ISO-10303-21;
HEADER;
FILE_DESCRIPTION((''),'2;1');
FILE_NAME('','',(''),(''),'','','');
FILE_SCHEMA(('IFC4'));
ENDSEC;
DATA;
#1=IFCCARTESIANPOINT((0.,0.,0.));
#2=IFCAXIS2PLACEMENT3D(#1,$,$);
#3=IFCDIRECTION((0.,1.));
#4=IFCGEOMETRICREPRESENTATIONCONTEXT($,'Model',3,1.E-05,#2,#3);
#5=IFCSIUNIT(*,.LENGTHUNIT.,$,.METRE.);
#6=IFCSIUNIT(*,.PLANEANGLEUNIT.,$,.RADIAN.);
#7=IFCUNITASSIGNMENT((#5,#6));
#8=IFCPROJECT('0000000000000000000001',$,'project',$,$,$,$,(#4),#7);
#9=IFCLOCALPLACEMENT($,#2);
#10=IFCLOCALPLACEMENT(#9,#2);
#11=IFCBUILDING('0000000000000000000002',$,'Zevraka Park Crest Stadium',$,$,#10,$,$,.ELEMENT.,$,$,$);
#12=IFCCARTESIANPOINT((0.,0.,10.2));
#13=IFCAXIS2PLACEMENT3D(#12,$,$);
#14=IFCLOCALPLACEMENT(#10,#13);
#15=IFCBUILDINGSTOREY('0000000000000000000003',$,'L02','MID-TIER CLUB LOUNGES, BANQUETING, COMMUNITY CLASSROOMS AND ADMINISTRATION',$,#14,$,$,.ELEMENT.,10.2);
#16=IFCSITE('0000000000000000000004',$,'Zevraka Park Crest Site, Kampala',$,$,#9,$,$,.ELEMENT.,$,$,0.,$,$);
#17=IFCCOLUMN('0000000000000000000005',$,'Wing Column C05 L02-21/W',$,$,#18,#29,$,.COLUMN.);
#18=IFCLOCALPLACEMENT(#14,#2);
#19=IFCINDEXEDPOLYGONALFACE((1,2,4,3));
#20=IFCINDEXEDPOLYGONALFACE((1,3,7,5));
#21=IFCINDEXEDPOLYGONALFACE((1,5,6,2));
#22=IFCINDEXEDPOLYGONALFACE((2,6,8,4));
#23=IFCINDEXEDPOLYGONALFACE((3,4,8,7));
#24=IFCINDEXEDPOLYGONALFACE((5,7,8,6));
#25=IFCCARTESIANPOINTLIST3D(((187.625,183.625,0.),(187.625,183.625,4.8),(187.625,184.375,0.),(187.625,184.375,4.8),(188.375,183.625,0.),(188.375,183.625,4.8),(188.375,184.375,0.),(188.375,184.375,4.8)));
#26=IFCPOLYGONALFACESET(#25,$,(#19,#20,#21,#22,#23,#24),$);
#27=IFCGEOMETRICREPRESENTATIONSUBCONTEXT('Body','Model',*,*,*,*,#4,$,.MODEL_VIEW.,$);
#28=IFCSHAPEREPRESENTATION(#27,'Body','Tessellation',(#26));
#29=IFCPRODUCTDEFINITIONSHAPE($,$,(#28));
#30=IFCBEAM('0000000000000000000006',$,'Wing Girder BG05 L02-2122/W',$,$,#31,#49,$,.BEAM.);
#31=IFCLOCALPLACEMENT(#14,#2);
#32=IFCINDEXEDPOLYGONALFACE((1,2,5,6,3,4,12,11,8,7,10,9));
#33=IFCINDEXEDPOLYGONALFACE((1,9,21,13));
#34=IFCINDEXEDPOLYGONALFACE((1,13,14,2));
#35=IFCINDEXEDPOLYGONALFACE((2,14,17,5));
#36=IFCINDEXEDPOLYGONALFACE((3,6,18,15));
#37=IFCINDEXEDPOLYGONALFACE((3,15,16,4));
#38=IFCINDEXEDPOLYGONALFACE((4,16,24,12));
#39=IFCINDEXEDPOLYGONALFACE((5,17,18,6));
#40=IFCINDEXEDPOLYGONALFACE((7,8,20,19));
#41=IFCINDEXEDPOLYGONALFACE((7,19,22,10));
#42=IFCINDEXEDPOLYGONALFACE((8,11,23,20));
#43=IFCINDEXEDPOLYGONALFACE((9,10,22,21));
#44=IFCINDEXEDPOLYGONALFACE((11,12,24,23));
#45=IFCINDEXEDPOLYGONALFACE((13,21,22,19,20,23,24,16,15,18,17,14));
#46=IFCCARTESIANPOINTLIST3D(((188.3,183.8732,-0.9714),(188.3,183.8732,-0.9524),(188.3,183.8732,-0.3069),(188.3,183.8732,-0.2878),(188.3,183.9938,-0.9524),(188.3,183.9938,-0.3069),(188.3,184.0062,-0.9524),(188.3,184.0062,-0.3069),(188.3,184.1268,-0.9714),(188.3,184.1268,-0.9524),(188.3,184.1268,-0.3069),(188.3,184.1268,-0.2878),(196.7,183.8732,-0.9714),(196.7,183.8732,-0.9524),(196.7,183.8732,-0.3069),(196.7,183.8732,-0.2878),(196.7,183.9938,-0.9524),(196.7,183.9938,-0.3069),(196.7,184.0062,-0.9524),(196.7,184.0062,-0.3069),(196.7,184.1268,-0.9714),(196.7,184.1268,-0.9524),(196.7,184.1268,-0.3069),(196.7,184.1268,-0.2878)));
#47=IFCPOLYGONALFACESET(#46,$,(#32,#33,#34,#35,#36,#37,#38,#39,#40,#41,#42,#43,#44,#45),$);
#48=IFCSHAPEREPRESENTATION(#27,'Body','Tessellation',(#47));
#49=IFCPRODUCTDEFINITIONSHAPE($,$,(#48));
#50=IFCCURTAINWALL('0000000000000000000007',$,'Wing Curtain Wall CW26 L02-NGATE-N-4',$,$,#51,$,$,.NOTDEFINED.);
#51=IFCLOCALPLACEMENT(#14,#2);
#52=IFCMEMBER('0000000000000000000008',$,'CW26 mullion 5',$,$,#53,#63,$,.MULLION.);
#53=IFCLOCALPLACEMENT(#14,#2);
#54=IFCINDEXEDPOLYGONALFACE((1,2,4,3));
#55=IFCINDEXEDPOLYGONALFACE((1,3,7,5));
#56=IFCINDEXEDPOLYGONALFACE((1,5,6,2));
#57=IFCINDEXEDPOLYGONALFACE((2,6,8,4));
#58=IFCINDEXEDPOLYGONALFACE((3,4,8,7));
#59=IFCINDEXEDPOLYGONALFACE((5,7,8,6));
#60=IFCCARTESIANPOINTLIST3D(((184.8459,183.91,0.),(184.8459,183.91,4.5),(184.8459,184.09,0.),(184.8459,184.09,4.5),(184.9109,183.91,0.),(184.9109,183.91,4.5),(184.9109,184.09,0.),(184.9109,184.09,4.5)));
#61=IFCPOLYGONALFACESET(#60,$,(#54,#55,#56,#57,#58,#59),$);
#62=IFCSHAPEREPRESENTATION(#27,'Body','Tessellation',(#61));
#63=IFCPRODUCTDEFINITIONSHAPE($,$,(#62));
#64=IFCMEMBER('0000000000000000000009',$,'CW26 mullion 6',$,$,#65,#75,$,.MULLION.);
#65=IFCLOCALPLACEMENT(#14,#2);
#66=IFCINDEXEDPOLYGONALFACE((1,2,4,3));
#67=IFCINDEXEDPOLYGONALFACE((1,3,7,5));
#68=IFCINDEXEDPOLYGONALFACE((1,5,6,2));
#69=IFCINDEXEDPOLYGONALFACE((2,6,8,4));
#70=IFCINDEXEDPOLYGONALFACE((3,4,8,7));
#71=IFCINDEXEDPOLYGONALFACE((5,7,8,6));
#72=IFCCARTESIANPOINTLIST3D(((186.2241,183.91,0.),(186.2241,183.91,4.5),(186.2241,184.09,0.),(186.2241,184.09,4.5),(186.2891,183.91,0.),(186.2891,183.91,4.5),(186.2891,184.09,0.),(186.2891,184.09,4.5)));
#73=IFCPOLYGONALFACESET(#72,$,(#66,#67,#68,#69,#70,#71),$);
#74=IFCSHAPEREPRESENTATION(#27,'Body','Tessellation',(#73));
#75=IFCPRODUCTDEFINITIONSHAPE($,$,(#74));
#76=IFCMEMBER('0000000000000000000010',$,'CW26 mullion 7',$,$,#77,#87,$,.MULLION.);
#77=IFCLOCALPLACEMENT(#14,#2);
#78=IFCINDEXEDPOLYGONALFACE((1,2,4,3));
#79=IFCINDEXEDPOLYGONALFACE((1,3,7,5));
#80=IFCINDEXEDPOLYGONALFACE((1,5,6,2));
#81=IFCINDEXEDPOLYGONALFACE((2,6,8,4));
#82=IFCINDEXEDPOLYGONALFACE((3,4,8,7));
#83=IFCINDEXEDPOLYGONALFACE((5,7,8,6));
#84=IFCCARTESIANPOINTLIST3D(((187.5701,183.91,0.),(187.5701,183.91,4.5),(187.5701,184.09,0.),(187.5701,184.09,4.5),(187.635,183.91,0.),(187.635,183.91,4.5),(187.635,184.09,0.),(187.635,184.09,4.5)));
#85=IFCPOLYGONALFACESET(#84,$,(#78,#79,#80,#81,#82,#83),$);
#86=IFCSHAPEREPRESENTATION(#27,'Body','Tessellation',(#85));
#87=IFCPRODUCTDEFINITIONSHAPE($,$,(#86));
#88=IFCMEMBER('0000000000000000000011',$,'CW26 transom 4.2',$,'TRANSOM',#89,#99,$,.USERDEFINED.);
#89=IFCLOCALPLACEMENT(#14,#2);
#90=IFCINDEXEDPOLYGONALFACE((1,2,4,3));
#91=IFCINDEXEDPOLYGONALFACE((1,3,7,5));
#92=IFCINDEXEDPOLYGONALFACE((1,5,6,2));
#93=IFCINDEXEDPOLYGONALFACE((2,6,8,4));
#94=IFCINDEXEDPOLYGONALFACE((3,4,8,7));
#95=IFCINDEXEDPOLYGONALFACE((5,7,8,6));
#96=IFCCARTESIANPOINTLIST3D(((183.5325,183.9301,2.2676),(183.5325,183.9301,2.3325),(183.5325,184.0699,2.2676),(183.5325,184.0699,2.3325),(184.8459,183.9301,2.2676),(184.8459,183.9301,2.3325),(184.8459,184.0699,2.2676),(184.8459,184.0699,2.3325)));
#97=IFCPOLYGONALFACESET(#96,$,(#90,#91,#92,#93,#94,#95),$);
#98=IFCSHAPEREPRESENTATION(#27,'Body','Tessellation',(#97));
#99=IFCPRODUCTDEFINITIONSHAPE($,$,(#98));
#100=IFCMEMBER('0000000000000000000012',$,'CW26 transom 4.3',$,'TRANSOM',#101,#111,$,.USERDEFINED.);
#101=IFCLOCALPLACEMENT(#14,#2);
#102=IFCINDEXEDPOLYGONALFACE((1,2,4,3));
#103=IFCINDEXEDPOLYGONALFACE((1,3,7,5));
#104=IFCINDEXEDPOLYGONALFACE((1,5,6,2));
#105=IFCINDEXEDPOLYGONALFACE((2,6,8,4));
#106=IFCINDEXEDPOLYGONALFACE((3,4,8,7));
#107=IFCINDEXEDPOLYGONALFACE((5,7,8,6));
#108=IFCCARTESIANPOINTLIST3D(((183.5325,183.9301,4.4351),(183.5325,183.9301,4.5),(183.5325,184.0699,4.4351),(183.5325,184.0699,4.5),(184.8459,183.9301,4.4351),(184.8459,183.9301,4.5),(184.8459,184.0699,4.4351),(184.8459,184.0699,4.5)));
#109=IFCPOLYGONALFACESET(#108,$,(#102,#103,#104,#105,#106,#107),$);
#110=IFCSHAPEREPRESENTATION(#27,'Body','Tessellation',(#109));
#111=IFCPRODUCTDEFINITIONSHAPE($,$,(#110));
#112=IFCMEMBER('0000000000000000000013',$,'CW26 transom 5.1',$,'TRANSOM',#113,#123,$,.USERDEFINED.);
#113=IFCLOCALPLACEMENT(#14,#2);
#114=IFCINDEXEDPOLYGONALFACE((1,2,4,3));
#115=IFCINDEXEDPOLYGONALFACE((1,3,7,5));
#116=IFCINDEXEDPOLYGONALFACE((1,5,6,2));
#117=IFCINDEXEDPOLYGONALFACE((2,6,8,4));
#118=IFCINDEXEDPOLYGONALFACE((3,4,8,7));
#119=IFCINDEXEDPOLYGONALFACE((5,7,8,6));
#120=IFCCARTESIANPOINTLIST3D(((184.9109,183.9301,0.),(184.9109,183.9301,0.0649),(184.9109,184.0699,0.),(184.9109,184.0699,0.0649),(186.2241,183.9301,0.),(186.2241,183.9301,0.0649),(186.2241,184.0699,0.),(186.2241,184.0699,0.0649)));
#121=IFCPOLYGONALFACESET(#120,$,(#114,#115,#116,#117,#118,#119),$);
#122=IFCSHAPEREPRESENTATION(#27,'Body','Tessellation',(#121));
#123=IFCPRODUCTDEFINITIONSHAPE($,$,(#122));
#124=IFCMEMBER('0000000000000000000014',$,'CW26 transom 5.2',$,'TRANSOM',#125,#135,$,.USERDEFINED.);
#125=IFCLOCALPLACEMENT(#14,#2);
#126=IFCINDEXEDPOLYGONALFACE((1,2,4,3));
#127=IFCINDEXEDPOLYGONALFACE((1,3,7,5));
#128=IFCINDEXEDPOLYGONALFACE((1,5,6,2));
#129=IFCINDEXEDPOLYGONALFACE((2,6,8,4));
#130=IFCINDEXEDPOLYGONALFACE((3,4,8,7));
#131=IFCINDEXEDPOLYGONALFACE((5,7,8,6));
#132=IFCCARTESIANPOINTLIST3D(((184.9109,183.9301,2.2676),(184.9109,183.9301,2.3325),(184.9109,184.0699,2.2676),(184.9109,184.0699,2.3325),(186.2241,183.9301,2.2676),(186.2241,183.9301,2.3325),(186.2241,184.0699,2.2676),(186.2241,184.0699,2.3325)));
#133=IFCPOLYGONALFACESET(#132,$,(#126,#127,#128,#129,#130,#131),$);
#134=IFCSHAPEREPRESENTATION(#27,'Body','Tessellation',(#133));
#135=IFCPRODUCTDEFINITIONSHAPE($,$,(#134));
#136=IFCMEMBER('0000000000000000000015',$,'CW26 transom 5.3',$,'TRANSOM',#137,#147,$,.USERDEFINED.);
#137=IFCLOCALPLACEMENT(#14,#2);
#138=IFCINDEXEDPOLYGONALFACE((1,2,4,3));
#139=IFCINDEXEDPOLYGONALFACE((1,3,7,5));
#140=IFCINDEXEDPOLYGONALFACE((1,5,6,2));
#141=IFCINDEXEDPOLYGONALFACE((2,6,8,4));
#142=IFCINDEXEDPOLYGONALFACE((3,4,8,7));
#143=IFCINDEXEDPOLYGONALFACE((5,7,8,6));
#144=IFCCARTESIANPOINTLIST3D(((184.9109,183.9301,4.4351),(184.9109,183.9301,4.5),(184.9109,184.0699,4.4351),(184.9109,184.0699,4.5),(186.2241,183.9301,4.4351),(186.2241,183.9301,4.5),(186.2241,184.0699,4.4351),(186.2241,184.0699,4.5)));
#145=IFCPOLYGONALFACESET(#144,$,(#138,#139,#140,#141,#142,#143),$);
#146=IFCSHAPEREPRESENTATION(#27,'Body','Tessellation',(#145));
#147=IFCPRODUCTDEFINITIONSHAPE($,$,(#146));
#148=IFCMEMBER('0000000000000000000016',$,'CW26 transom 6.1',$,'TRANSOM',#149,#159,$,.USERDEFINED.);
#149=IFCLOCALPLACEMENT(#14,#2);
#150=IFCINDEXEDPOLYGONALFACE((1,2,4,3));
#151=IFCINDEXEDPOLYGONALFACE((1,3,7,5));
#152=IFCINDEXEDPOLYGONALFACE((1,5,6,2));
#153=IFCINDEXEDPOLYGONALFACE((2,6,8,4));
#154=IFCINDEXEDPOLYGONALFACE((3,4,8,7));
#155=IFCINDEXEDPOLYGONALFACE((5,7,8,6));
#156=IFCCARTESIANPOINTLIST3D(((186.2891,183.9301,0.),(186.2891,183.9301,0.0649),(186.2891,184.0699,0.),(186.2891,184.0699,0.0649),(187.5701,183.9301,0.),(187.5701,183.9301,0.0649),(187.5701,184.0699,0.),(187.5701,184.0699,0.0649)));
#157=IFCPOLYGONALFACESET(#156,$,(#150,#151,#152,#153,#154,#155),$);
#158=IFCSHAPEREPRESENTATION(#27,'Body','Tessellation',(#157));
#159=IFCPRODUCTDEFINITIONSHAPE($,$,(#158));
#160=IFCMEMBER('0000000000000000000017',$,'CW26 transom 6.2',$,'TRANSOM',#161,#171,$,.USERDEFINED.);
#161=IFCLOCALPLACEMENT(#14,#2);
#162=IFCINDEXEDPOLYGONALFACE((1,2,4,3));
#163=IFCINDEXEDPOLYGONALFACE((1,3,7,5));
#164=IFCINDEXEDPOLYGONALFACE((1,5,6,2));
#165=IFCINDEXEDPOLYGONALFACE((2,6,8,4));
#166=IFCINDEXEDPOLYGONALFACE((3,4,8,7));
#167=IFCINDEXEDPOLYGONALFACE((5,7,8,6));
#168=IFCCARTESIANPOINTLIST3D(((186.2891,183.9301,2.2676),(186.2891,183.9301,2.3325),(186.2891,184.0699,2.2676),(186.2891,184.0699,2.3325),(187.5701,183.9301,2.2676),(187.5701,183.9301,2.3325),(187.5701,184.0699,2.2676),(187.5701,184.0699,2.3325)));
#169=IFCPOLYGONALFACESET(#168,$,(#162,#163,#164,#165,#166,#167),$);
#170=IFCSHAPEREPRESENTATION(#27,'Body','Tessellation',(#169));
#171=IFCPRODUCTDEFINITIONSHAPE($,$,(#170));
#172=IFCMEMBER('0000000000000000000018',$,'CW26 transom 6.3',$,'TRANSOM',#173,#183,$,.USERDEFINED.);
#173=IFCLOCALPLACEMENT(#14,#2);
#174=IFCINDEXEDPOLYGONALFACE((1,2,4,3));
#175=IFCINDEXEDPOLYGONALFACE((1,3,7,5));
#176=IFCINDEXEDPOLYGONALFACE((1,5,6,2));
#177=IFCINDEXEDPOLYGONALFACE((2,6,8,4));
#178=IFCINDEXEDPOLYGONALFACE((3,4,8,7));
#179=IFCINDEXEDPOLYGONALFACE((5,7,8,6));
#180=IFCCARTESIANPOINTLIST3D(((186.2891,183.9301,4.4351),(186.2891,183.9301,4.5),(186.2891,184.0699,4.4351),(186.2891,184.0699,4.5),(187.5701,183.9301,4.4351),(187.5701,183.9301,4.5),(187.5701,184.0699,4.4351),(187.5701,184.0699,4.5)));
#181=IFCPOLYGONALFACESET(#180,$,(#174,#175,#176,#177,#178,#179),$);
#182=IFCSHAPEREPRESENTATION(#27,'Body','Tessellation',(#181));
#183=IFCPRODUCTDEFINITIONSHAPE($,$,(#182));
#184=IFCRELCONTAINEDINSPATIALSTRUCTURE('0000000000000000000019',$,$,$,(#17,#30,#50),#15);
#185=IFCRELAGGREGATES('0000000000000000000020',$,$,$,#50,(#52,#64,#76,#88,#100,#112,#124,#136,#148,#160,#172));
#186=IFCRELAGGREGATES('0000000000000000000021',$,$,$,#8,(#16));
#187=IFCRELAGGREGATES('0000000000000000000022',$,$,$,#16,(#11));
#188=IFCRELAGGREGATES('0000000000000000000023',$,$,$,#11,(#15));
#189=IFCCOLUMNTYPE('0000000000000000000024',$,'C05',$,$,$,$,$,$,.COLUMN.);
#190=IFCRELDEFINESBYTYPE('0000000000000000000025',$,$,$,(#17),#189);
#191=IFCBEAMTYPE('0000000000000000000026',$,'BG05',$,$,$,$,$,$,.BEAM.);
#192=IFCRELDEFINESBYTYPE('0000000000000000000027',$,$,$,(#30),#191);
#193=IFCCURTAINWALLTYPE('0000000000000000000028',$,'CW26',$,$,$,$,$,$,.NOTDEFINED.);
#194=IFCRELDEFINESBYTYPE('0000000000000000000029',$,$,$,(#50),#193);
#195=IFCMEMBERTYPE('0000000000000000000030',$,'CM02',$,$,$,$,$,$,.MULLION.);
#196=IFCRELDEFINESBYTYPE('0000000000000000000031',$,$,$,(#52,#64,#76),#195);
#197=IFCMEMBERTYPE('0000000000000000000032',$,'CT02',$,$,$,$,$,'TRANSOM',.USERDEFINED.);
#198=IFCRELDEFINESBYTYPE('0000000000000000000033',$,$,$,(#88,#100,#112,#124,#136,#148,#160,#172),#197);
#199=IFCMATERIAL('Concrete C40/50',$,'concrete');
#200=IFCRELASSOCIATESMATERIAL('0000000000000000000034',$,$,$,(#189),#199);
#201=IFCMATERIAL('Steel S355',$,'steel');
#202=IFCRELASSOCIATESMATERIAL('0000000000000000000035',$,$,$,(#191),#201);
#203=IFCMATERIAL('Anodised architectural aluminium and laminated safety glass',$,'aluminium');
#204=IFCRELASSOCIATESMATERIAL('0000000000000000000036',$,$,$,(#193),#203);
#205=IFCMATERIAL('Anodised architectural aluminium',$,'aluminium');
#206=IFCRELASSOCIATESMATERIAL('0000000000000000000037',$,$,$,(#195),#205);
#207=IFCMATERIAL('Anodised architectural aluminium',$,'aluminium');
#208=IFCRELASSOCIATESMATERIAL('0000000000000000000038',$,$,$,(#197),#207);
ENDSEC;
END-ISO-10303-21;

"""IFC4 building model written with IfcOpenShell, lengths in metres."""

from ifc_helpers import new_model, si_unit, direction, frame, origin, origin_2d, place, context, subcontext, project, spatial, rectangle, i_section, extrude, material, material_profile, profile_set, type_object, element, aggregate, save


model = new_model("IFC4")

# Units and contexts
model_context = context("Model", 3, precision=1e-05, world=origin(), true_north=direction((0.0, 1.0)))
body_context = subcontext(model_context, "Body", "Model", "MODEL_VIEW")
ifc_project = project(units=[si_unit("LENGTHUNIT", "METRE"), si_unit("PLANEANGLEUNIT", "RADIAN")], contexts=[model_context])

# Site, building, storey
site_placement = place(None, origin())
site = spatial("IfcSite", under=ifc_project, at=site_placement, Name="Zevraka Park Crest Site, Kampala", CompositionType="ELEMENT", RefElevation=0.0)
building_placement = place(site_placement, origin())
building = spatial("IfcBuilding", under=site, at=building_placement, Name="Zevraka Park Crest Stadium", CompositionType="ELEMENT")
storey_placement = place(building_placement, frame((0.0, 0.0, 10.2)))
storey = spatial("IfcBuildingStorey", under=building, at=storey_placement, Name="L02", Description="MID-TIER CLUB LOUNGES, BANQUETING, COMMUNITY CLASSROOMS AND ADMINISTRATION", CompositionType="ELEMENT", Elevation=10.2)

# Column
ifc_material_1 = material(Name="Concrete C40/50", Category="concrete")
ifc_material_profile_1 = material_profile(ifc_material_1, rectangle(XDim=0.75, YDim=0.75, at=origin_2d()), Name="RC 750x750")
ifc_profile_set_1 = profile_set([ifc_material_profile_1], Name="Concrete C40/50")
column_type = type_object("IfcColumnType", Name="C05", PredefinedType="COLUMN", material=ifc_profile_set_1)
column_placement = place(storey_placement, frame((188.0, 184.0, 0.0), z_axis=(0.0, 0.0, 1.0), x_axis=(1.0, 0.0, 0.0)))
element("IfcColumn", 1, at=column_placement, inside=storey, type_object=column_type, Name="Wing Column C05 L02-21/W", PredefinedType="COLUMN", context=body_context, shape_type="SweptSolid", body=[
    extrude(rectangle(XDim=0.75, YDim=0.75, at=origin_2d()), origin(), (0.0, 0.0, 1.0), 4.8),
])

# Beam
ifc_material_2 = material(Name="Steel S355", Category="steel")
ifc_material_profile_2 = material_profile(ifc_material_2, i_section(OverallWidth=0.2537, OverallDepth=0.6836, WebThickness=0.0125, FlangeThickness=0.019, at=origin_2d()), Name="UKB 686x254x140")
ifc_profile_set_2 = profile_set([ifc_material_profile_2], Name="Steel S355")
beam_type = type_object("IfcBeamType", Name="BG05", PredefinedType="BEAM", material=ifc_profile_set_2)
beam_placement = place(storey_placement, frame((188.3, 184.0, -0.6296), z_axis=(1.0, 0.0, 0.0), x_axis=(0.0, 1.0, 0.0)))
element("IfcBeam", 2, at=beam_placement, inside=storey, type_object=beam_type, Name="Wing Girder BG05 L02-2122/W", PredefinedType="BEAM", context=body_context, shape_type="SweptSolid", body=[
    extrude(i_section(OverallWidth=0.2537, OverallDepth=0.6836, WebThickness=0.0125, FlangeThickness=0.019, at=origin_2d()), origin(), (0.0, 0.0, 1.0), 8.3999),
])

# Curtain wall, members
ifc_material_3 = material(Name="Anodised architectural aluminium and laminated safety glass", Category="aluminium")
curtain_wall_type = type_object("IfcCurtainWallType", Name="CW26", PredefinedType="NOTDEFINED", material=ifc_material_3)
curtain_wall_placement = place(storey_placement, origin())
curtain_wall = element("IfcCurtainWall", 3, at=curtain_wall_placement, inside=storey, type_object=curtain_wall_type, Name="Wing Curtain Wall CW26 L02-NGATE-N-4", PredefinedType="NOTDEFINED")
ifc_material_4 = material(Name="Anodised architectural aluminium", Category="aluminium")
ifc_material_profile_3 = material_profile(ifc_material_4, rectangle(XDim=0.1799, YDim=0.0649, at=origin_2d()), Name="ALU MULLION 180x65")
ifc_profile_set_3 = profile_set([ifc_material_profile_3], Name="Anodised architectural aluminium")
member_type_1 = type_object("IfcMemberType", Name="CM02", PredefinedType="MULLION", material=ifc_profile_set_3)
member_1_placement = place(storey_placement, frame((184.8784, 184.0, 0.0), z_axis=(0.0, 0.0, 1.0), x_axis=(0.0, 1.0, 0.0)))
member_1 = element("IfcMember", 4, at=member_1_placement, type_object=member_type_1, Name="CW26 mullion 5", PredefinedType="MULLION", context=body_context, shape_type="SweptSolid", body=[
    extrude(rectangle(XDim=0.1799, YDim=0.0649, at=origin_2d()), origin(), (0.0, 0.0, 1.0), 4.5),
])
member_2_placement = place(storey_placement, frame((186.2566, 184.0, 0.0), z_axis=(0.0, 0.0, 1.0), x_axis=(0.0, 1.0, 0.0)))
member_2 = element("IfcMember", 5, at=member_2_placement, type_object=member_type_1, Name="CW26 mullion 6", PredefinedType="MULLION", context=body_context, shape_type="SweptSolid", body=[
    extrude(rectangle(XDim=0.1799, YDim=0.0649, at=origin_2d()), origin(), (0.0, 0.0, 1.0), 4.5),
])
member_3_placement = place(storey_placement, frame((187.6025, 184.0, 0.0), z_axis=(0.0, 0.0, 1.0), x_axis=(0.0, 1.0, 0.0)))
member_3 = element("IfcMember", 6, at=member_3_placement, type_object=member_type_1, Name="CW26 mullion 7", PredefinedType="MULLION", context=body_context, shape_type="SweptSolid", body=[
    extrude(rectangle(XDim=0.1799, YDim=0.0649, at=origin_2d()), origin(), (0.0, 0.0, 1.0), 4.5),
])
ifc_material_5 = material(Name="Anodised architectural aluminium", Category="aluminium")
ifc_material_profile_4 = material_profile(ifc_material_5, rectangle(XDim=0.1399, YDim=0.0649, at=origin_2d()), Name="ALU TRANSOM 140x65")
ifc_profile_set_4 = profile_set([ifc_material_profile_4], Name="Anodised architectural aluminium")
member_type_2 = type_object("IfcMemberType", Name="CT02", ElementType="TRANSOM", PredefinedType="USERDEFINED", material=ifc_profile_set_4)
member_4_placement = place(storey_placement, frame((183.5325, 184.0, 2.3), z_axis=(1.0, 0.0, 0.0), x_axis=(0.0, 1.0, 0.0)))
member_4 = element("IfcMember", 7, at=member_4_placement, type_object=member_type_2, Name="CW26 transom 4.2", ObjectType="TRANSOM", PredefinedType="USERDEFINED", context=body_context, shape_type="SweptSolid", body=[
    extrude(rectangle(XDim=0.1399, YDim=0.0649, at=origin_2d()), origin(), (0.0, 0.0, 1.0), 1.3135),
])
member_5_placement = place(storey_placement, frame((183.5325, 184.0, 4.4675), z_axis=(1.0, 0.0, 0.0), x_axis=(0.0, 1.0, 0.0)))
member_5 = element("IfcMember", 8, at=member_5_placement, type_object=member_type_2, Name="CW26 transom 4.3", ObjectType="TRANSOM", PredefinedType="USERDEFINED", context=body_context, shape_type="SweptSolid", body=[
    extrude(rectangle(XDim=0.1399, YDim=0.0649, at=origin_2d()), origin(), (0.0, 0.0, 1.0), 1.3135),
])
member_6_placement = place(storey_placement, frame((184.9109, 184.0, 0.0325), z_axis=(1.0, 0.0, 0.0), x_axis=(0.0, 1.0, 0.0)))
member_6 = element("IfcMember", 9, at=member_6_placement, type_object=member_type_2, Name="CW26 transom 5.1", ObjectType="TRANSOM", PredefinedType="USERDEFINED", context=body_context, shape_type="SweptSolid", body=[
    extrude(rectangle(XDim=0.1399, YDim=0.0649, at=origin_2d()), origin(), (0.0, 0.0, 1.0), 1.3132),
])
member_7_placement = place(storey_placement, frame((184.9109, 184.0, 2.3), z_axis=(1.0, 0.0, 0.0), x_axis=(0.0, 1.0, 0.0)))
member_7 = element("IfcMember", 10, at=member_7_placement, type_object=member_type_2, Name="CW26 transom 5.2", ObjectType="TRANSOM", PredefinedType="USERDEFINED", context=body_context, shape_type="SweptSolid", body=[
    extrude(rectangle(XDim=0.1399, YDim=0.0649, at=origin_2d()), origin(), (0.0, 0.0, 1.0), 1.3132),
])
member_8_placement = place(storey_placement, frame((184.9109, 184.0, 4.4675), z_axis=(1.0, 0.0, 0.0), x_axis=(0.0, 1.0, 0.0)))
member_8 = element("IfcMember", 11, at=member_8_placement, type_object=member_type_2, Name="CW26 transom 5.3", ObjectType="TRANSOM", PredefinedType="USERDEFINED", context=body_context, shape_type="SweptSolid", body=[
    extrude(rectangle(XDim=0.1399, YDim=0.0649, at=origin_2d()), origin(), (0.0, 0.0, 1.0), 1.3132),
])
member_9_placement = place(storey_placement, frame((186.2891, 184.0, 0.0325), z_axis=(1.0, 0.0, 0.0), x_axis=(0.0, 1.0, 0.0)))
member_9 = element("IfcMember", 12, at=member_9_placement, type_object=member_type_2, Name="CW26 transom 6.1", ObjectType="TRANSOM", PredefinedType="USERDEFINED", context=body_context, shape_type="SweptSolid", body=[
    extrude(rectangle(XDim=0.1399, YDim=0.0649, at=origin_2d()), origin(), (0.0, 0.0, 1.0), 1.281),
])
member_10_placement = place(storey_placement, frame((186.2891, 184.0, 2.3), z_axis=(1.0, 0.0, 0.0), x_axis=(0.0, 1.0, 0.0)))
member_10 = element("IfcMember", 13, at=member_10_placement, type_object=member_type_2, Name="CW26 transom 6.2", ObjectType="TRANSOM", PredefinedType="USERDEFINED", context=body_context, shape_type="SweptSolid", body=[
    extrude(rectangle(XDim=0.1399, YDim=0.0649, at=origin_2d()), origin(), (0.0, 0.0, 1.0), 1.281),
])
member_11_placement = place(storey_placement, frame((186.2891, 184.0, 4.4675), z_axis=(1.0, 0.0, 0.0), x_axis=(0.0, 1.0, 0.0)))
member_11 = element("IfcMember", 14, at=member_11_placement, type_object=member_type_2, Name="CW26 transom 6.3", ObjectType="TRANSOM", PredefinedType="USERDEFINED", context=body_context, shape_type="SweptSolid", body=[
    extrude(rectangle(XDim=0.1399, YDim=0.0649, at=origin_2d()), origin(), (0.0, 0.0, 1.0), 1.281),
])
aggregate(curtain_wall, [member_1, member_2, member_3, member_4, member_5, member_6, member_7, member_8, member_9, member_10, member_11])

save(model, "model.ifc")
